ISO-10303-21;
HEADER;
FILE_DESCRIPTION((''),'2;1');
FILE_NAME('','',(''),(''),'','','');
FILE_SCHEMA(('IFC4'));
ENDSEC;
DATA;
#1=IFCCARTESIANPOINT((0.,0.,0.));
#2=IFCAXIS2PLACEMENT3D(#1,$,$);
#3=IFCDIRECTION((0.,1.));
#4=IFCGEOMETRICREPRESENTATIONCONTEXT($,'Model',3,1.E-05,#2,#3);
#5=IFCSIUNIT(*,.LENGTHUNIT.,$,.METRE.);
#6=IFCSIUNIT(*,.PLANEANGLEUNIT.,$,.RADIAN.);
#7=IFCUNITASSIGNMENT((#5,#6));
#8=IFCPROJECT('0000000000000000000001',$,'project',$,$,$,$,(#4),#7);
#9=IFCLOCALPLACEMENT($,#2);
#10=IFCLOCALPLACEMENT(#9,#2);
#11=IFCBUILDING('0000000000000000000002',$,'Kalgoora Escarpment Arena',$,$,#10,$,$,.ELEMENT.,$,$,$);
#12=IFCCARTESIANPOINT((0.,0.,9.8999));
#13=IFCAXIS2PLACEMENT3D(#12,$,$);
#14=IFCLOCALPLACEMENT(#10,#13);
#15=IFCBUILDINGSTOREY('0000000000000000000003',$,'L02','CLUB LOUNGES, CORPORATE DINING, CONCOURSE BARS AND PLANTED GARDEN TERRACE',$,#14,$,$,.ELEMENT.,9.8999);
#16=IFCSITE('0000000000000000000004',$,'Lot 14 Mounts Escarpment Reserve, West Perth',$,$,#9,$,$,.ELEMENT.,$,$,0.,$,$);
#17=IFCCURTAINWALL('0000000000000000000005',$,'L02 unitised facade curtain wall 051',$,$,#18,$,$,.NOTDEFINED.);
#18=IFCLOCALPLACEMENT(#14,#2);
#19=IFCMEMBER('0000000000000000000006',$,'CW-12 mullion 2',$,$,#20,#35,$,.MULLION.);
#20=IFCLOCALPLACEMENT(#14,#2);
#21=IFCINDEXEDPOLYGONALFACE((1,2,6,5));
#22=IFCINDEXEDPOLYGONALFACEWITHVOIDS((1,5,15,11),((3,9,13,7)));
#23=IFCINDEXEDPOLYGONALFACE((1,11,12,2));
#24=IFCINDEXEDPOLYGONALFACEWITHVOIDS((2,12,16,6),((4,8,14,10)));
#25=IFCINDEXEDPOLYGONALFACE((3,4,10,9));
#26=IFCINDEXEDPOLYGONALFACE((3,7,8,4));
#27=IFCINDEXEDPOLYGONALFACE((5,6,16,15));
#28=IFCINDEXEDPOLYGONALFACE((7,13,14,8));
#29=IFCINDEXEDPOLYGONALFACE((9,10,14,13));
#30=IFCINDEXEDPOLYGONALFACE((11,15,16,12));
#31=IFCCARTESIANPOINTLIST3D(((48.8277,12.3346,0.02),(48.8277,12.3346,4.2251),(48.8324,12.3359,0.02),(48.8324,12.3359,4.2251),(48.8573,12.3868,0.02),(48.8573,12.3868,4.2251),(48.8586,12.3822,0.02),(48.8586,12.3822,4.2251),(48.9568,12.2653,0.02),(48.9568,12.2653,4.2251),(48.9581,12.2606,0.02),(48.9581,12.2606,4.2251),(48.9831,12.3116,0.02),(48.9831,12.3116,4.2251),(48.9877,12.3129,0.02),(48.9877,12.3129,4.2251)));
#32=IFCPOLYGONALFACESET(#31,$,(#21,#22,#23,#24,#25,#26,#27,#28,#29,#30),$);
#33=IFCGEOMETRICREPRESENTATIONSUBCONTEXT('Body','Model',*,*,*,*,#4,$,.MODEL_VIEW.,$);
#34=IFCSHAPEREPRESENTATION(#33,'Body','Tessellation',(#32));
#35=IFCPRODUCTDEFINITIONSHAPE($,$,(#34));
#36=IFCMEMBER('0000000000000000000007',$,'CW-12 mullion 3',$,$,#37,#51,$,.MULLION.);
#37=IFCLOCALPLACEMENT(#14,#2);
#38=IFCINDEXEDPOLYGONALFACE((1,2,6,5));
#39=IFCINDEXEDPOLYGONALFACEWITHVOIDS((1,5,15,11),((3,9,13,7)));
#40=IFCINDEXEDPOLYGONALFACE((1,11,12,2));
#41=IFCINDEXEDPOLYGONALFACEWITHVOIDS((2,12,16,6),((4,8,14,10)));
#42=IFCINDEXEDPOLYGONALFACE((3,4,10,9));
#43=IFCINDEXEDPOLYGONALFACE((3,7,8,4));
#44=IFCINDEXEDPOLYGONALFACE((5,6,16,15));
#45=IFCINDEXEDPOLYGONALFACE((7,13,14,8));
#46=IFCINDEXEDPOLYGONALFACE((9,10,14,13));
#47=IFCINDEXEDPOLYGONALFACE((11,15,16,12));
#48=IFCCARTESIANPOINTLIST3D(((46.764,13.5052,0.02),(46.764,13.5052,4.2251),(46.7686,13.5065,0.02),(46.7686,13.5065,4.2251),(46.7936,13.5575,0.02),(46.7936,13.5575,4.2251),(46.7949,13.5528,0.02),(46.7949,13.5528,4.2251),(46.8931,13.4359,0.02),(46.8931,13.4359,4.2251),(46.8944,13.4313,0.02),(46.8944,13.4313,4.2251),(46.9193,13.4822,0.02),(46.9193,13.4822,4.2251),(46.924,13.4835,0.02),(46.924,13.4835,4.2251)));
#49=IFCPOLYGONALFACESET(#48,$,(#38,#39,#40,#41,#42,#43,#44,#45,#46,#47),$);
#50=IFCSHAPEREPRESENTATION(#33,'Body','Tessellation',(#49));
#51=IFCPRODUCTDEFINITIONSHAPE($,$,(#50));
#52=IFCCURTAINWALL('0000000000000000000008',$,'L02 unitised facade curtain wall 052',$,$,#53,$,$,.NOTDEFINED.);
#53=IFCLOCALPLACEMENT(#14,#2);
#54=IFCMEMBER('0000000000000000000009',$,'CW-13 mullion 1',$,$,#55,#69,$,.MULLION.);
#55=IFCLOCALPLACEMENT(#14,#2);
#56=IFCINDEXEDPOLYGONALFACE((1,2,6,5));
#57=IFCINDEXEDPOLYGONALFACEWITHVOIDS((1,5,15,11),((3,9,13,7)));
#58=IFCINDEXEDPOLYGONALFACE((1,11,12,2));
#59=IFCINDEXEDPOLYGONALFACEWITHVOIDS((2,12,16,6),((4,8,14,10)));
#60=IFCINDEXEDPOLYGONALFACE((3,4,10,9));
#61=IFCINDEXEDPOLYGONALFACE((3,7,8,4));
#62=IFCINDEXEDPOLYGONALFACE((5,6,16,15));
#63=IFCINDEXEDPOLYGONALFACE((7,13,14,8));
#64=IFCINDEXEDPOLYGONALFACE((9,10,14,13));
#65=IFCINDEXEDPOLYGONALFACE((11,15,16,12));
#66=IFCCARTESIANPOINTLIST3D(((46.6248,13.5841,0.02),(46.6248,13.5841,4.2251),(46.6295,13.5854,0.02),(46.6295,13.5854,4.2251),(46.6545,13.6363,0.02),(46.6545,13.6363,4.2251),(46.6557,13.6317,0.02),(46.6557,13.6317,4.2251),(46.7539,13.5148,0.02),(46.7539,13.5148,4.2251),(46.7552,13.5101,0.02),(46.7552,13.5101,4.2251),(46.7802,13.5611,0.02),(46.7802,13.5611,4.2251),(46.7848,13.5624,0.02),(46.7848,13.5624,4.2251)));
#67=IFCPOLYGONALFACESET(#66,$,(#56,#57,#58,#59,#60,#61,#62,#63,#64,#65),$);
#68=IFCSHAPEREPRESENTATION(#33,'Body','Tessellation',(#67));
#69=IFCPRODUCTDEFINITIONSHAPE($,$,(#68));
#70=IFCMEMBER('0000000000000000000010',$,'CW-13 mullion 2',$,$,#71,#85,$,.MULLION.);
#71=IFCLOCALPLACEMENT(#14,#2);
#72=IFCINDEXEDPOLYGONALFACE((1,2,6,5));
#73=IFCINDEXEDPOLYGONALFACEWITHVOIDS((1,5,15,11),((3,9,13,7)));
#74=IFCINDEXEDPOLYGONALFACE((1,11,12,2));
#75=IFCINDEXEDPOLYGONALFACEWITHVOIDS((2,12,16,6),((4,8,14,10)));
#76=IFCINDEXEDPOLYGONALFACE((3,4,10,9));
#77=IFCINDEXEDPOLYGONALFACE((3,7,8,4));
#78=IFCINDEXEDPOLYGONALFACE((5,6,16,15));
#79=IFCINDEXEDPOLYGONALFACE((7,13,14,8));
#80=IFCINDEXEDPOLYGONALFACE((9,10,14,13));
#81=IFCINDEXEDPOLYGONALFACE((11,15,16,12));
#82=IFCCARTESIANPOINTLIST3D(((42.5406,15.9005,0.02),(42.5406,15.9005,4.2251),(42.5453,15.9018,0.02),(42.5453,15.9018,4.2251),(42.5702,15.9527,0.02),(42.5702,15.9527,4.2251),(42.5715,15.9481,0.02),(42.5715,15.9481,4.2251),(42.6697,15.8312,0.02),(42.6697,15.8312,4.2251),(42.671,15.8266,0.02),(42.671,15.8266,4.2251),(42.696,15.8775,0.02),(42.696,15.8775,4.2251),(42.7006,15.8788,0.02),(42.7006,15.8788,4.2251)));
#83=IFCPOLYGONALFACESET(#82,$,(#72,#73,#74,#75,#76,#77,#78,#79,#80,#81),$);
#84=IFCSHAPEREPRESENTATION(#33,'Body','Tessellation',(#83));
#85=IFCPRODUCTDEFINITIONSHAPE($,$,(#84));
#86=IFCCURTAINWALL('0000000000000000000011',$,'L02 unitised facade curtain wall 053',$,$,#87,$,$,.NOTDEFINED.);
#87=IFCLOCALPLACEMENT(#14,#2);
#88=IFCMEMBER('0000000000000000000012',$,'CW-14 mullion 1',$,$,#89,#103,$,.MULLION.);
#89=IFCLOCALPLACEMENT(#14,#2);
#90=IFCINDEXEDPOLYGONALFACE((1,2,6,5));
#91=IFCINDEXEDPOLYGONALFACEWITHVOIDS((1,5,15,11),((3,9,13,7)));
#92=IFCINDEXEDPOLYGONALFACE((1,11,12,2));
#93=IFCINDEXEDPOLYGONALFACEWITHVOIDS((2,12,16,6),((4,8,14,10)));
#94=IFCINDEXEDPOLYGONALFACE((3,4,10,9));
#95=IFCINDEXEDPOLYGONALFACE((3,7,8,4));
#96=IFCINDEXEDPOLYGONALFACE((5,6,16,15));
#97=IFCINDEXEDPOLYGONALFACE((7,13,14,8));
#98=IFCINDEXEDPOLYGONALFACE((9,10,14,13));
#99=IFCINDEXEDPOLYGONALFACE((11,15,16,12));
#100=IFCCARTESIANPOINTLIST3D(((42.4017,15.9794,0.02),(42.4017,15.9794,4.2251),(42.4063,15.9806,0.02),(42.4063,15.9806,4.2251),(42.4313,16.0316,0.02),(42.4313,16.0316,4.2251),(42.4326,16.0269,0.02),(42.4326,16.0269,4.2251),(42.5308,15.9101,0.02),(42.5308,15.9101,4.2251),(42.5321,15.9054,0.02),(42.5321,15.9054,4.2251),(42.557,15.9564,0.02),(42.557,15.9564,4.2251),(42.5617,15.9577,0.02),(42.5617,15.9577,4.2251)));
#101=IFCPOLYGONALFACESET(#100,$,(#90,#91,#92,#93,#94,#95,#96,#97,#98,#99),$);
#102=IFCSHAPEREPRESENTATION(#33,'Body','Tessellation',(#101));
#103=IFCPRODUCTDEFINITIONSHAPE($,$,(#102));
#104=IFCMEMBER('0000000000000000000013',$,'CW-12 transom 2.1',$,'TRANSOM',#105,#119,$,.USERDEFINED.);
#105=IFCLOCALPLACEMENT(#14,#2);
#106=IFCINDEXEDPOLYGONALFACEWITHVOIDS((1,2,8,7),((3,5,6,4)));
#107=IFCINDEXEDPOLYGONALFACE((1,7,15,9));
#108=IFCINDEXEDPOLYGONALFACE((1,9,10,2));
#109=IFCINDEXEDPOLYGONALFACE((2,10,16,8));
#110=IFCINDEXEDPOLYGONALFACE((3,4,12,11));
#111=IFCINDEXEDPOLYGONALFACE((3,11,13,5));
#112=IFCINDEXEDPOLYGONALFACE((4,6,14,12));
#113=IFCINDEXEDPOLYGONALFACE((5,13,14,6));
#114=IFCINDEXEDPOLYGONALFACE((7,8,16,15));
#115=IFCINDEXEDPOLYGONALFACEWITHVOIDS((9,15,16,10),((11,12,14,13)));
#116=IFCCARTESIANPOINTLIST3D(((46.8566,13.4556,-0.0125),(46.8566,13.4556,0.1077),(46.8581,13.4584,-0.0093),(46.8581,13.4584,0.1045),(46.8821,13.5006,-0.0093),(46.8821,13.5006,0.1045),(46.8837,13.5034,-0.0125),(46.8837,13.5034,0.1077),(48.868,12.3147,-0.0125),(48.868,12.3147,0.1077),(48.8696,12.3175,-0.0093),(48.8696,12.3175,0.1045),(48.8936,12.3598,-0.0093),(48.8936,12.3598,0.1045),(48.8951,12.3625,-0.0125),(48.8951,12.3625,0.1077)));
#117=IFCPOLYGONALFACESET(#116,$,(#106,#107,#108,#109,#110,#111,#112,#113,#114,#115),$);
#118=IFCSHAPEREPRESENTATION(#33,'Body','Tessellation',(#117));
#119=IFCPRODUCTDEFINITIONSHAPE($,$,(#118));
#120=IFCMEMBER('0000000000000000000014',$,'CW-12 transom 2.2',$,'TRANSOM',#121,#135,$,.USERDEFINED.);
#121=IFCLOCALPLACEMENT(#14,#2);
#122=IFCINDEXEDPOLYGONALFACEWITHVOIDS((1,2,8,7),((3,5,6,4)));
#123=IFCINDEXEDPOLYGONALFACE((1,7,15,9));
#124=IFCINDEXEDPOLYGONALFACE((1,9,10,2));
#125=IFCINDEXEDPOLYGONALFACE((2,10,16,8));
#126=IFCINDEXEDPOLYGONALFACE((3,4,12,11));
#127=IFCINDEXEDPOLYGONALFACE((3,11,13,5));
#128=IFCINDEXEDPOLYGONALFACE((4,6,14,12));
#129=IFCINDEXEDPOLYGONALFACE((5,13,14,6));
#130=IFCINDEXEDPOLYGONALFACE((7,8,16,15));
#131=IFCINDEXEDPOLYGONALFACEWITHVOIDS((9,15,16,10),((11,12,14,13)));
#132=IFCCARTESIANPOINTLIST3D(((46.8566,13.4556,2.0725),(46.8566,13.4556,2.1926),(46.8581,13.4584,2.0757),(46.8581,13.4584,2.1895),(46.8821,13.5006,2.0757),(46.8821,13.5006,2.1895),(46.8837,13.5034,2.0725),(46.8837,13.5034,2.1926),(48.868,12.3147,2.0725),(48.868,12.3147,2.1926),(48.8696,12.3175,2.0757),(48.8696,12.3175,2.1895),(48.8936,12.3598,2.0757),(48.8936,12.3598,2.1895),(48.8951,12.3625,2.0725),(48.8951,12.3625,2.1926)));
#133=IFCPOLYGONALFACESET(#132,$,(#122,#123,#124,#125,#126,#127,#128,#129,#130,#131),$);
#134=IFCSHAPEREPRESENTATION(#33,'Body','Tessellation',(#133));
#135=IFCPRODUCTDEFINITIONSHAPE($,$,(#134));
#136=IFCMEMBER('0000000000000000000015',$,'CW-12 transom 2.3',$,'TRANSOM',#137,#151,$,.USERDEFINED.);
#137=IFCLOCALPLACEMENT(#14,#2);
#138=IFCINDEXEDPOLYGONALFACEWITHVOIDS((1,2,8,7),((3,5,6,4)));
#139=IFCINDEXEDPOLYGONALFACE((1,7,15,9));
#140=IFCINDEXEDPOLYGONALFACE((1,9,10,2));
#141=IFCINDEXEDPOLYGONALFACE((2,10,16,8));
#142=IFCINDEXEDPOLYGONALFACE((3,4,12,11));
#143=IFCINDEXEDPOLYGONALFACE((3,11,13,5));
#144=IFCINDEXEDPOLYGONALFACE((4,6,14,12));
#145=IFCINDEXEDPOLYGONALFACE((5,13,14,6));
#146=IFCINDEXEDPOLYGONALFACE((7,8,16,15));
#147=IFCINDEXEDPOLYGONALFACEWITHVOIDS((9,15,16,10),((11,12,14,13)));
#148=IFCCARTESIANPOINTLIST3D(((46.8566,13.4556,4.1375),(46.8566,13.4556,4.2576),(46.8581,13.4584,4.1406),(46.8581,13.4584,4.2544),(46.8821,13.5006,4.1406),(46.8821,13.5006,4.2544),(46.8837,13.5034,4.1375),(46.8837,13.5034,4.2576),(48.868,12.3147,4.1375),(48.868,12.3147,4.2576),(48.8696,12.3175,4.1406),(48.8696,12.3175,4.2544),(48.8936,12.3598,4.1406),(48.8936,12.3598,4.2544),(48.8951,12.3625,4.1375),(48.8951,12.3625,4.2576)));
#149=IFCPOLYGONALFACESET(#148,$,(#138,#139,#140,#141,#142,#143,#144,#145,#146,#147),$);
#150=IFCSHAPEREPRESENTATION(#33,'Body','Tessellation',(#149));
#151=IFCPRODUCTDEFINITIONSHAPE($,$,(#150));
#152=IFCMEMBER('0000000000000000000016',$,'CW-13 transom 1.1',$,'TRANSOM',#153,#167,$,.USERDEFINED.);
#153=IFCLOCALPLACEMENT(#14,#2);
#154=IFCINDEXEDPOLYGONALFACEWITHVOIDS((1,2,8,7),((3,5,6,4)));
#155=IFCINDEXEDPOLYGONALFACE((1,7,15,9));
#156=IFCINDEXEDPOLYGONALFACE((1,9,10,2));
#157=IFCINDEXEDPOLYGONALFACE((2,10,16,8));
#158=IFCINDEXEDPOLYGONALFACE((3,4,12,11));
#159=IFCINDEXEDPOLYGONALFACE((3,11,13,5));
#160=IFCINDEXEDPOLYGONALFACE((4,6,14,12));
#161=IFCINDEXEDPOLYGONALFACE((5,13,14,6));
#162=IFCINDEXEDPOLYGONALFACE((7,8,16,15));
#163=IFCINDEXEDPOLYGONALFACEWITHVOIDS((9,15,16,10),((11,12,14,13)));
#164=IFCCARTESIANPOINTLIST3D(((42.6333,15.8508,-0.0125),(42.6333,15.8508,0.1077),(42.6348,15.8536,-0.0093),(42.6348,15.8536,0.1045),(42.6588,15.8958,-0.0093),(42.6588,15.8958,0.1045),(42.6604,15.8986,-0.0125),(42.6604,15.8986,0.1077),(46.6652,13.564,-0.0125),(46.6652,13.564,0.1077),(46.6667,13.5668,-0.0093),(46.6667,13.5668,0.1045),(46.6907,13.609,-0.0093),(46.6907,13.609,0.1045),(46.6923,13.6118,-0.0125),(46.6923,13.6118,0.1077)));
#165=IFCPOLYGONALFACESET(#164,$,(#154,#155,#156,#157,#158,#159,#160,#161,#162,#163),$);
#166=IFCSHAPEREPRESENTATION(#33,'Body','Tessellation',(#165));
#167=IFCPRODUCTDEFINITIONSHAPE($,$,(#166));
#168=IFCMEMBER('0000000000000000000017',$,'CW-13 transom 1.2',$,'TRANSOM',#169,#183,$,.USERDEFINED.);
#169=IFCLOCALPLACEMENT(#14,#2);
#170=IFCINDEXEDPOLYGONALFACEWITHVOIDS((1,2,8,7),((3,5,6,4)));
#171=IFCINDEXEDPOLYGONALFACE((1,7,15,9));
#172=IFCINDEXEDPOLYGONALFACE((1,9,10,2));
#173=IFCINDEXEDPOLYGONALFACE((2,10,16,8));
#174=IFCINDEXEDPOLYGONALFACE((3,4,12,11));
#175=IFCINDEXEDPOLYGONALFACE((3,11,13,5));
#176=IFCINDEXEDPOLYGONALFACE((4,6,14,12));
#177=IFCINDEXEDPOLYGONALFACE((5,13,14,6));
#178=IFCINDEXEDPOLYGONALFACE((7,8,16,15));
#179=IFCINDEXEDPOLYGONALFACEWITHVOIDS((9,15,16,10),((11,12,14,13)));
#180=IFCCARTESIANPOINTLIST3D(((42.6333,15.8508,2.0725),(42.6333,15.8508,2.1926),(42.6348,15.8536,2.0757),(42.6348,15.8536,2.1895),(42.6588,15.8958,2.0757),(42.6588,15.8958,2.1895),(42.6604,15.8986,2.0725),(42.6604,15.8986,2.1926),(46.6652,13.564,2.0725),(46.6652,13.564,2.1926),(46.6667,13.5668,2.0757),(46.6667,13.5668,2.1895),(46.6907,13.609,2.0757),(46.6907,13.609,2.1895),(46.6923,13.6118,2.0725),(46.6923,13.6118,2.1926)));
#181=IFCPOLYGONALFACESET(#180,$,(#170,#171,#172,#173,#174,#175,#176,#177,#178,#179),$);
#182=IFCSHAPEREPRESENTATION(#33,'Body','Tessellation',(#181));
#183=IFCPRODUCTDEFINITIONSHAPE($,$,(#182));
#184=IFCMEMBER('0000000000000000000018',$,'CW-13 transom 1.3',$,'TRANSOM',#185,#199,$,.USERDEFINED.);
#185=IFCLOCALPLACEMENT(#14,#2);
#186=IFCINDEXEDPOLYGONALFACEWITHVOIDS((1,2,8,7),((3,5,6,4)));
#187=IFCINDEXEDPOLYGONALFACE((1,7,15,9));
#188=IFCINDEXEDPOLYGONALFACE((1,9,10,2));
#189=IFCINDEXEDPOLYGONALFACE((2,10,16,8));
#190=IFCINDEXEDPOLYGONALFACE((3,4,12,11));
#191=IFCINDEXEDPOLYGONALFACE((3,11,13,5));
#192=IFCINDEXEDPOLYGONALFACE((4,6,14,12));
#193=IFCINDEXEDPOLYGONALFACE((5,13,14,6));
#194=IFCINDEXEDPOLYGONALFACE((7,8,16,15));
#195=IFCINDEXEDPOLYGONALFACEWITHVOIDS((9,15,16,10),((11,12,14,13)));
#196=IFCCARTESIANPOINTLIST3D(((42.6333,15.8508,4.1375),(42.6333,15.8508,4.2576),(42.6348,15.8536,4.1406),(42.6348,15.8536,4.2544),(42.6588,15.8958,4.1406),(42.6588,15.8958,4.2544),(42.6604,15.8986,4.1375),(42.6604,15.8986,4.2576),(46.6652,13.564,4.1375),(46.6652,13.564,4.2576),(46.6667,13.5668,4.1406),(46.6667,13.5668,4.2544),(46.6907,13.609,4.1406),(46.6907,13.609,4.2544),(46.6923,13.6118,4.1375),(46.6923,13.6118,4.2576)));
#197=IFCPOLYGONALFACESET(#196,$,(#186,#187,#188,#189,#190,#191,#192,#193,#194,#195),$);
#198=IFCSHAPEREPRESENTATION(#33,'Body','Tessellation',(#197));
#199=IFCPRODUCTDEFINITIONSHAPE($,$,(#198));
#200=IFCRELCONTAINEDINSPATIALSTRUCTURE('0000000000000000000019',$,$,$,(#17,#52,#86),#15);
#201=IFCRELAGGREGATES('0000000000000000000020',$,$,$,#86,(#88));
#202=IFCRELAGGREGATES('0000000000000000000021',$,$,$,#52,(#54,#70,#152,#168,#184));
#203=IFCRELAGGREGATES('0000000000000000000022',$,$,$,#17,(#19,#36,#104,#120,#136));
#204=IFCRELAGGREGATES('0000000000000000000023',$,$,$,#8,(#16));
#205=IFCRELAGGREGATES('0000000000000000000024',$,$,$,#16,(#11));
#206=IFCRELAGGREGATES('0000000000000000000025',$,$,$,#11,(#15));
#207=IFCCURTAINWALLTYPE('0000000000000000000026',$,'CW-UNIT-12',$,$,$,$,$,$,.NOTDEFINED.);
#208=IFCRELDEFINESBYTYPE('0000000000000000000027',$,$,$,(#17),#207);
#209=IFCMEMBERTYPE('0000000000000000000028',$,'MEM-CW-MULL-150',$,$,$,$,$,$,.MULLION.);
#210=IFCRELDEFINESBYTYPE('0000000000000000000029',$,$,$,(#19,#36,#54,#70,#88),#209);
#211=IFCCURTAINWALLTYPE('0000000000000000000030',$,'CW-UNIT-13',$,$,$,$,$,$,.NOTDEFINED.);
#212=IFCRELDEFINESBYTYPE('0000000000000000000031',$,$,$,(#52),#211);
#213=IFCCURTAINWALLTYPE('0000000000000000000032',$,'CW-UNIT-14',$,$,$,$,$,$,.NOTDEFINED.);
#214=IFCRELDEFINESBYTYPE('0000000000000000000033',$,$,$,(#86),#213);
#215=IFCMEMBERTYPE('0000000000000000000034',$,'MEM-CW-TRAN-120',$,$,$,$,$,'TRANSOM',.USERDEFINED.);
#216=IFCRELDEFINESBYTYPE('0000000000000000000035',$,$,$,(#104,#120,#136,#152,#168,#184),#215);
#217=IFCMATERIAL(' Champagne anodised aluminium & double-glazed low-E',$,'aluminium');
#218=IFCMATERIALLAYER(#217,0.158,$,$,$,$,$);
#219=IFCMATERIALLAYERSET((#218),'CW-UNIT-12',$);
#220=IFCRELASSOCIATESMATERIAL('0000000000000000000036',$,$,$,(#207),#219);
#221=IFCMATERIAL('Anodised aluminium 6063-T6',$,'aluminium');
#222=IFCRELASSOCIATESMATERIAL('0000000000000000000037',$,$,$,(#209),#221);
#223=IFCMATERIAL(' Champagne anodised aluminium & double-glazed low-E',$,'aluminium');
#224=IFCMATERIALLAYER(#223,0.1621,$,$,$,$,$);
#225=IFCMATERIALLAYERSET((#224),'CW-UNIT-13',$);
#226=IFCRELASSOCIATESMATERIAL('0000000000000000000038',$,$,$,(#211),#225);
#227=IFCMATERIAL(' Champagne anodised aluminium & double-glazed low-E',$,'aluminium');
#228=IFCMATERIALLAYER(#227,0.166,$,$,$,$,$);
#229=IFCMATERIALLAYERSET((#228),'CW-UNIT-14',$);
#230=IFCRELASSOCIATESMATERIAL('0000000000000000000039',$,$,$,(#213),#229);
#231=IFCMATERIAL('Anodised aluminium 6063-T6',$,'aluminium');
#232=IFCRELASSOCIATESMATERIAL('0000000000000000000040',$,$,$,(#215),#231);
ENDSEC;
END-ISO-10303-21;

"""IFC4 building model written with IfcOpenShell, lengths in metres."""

from ifc_helpers import new_model, si_unit, direction, frame, origin, origin_2d, place, context, subcontext, project, spatial, hollow_rectangle, extrude, material, layer, layer_set, material_profile, profile_set, type_object, element, aggregate, save


model = new_model("IFC4")

# Units and contexts
model_context = context("Model", 3, precision=1e-05, world=origin(), true_north=direction((0.0, 1.0)))
body_context = subcontext(model_context, "Body", "Model", "MODEL_VIEW")
ifc_project = project(units=[si_unit("LENGTHUNIT", "METRE"), si_unit("PLANEANGLEUNIT", "RADIAN")], contexts=[model_context])

# Site, building, storey
site_placement = place(None, origin())
site = spatial("IfcSite", under=ifc_project, at=site_placement, Name="Lot 14 Mounts Escarpment Reserve, West Perth", CompositionType="ELEMENT", RefElevation=0.0)
building_placement = place(site_placement, origin())
building = spatial("IfcBuilding", under=site, at=building_placement, Name="Kalgoora Escarpment Arena", CompositionType="ELEMENT")
storey_placement = place(building_placement, frame((0.0, 0.0, 9.8999)))
storey = spatial("IfcBuildingStorey", under=building, at=storey_placement, Name="L02", Description="CLUB LOUNGES, CORPORATE DINING, CONCOURSE BARS AND PLANTED GARDEN TERRACE", CompositionType="ELEMENT", Elevation=9.8999)

# Curtain walls, members
ifc_material_1 = material(Name=" Champagne anodised aluminium & double-glazed low-E", Category="aluminium")
ifc_layer_1 = layer(ifc_material_1, 0.158)
ifc_layer_set_1 = layer_set([ifc_layer_1], Name="CW-UNIT-12")
curtain_wall_type_1 = type_object("IfcCurtainWallType", Name="CW-UNIT-12", PredefinedType="NOTDEFINED", material=ifc_layer_set_1)
curtain_wall_1_placement = place(storey_placement, origin())
curtain_wall_1 = element("IfcCurtainWall", 1, at=curtain_wall_1_placement, inside=storey, type_object=curtain_wall_type_1, Name="L02 unitised facade curtain wall 051", PredefinedType="NOTDEFINED")
ifc_material_2 = material(Name="Anodised aluminium 6063-T6", Category="aluminium")
ifc_material_profile_1 = material_profile(ifc_material_2, hollow_rectangle(XDim=0.0601, YDim=0.1499, WallThickness=0.0034, at=origin_2d()))
ifc_profile_set_1 = profile_set([ifc_material_profile_1], Name="Anodised aluminium 6063-T6")
member_type_1 = type_object("IfcMemberType", Name="MEM-CW-MULL-150", PredefinedType="MULLION", material=ifc_profile_set_1)
member_1_placement = place(storey_placement, frame((48.9077, 12.3237, 0.02), z_axis=(0.0, 0.0, 1.0), x_axis=(-0.493344, -0.869834, 0.0)))
member_1 = element("IfcMember", 2, at=member_1_placement, type_object=member_type_1, Name="CW-12 mullion 2", PredefinedType="MULLION", context=body_context, shape_type="SweptSolid", body=[
    extrude(hollow_rectangle(XDim=0.0601, YDim=0.1499, WallThickness=0.0034, at=origin_2d()), origin(), (0.0, 0.0, 1.0), 4.2051),
])
member_2_placement = place(storey_placement, frame((46.844, 13.4944, 0.02), z_axis=(0.0, 0.0, 1.0), x_axis=(-0.493344, -0.869834, 0.0)))
member_2 = element("IfcMember", 3, at=member_2_placement, type_object=member_type_1, Name="CW-12 mullion 3", PredefinedType="MULLION", context=body_context, shape_type="SweptSolid", body=[
    extrude(hollow_rectangle(XDim=0.0601, YDim=0.1499, WallThickness=0.0034, at=origin_2d()), origin(), (0.0, 0.0, 1.0), 4.2051),
])
ifc_material_3 = material(Name=" Champagne anodised aluminium & double-glazed low-E", Category="aluminium")
ifc_layer_2 = layer(ifc_material_3, 0.1621)
ifc_layer_set_2 = layer_set([ifc_layer_2], Name="CW-UNIT-13")
curtain_wall_type_2 = type_object("IfcCurtainWallType", Name="CW-UNIT-13", PredefinedType="NOTDEFINED", material=ifc_layer_set_2)
curtain_wall_2_placement = place(storey_placement, origin())
curtain_wall_2 = element("IfcCurtainWall", 4, at=curtain_wall_2_placement, inside=storey, type_object=curtain_wall_type_2, Name="L02 unitised facade curtain wall 052", PredefinedType="NOTDEFINED")
member_3_placement = place(storey_placement, frame((46.7048, 13.5732, 0.02), z_axis=(0.0, 0.0, 1.0), x_axis=(-0.493346, -0.869833, 0.0)))
member_3 = element("IfcMember", 5, at=member_3_placement, type_object=member_type_1, Name="CW-13 mullion 1", PredefinedType="MULLION", context=body_context, shape_type="SweptSolid", body=[
    extrude(hollow_rectangle(XDim=0.0601, YDim=0.1499, WallThickness=0.0034, at=origin_2d()), origin(), (0.0, 0.0, 1.0), 4.2051),
])
member_4_placement = place(storey_placement, frame((42.6206, 15.8896, 0.02), z_axis=(0.0, 0.0, 1.0), x_axis=(-0.493346, -0.869833, 0.0)))
member_4 = element("IfcMember", 6, at=member_4_placement, type_object=member_type_1, Name="CW-13 mullion 2", PredefinedType="MULLION", context=body_context, shape_type="SweptSolid", body=[
    extrude(hollow_rectangle(XDim=0.0601, YDim=0.1499, WallThickness=0.0034, at=origin_2d()), origin(), (0.0, 0.0, 1.0), 4.2051),
])

# Curtain wall, member
ifc_material_4 = material(Name=" Champagne anodised aluminium & double-glazed low-E", Category="aluminium")
ifc_layer_3 = layer(ifc_material_4, 0.166)
ifc_layer_set_3 = layer_set([ifc_layer_3], Name="CW-UNIT-14")
curtain_wall_type_3 = type_object("IfcCurtainWallType", Name="CW-UNIT-14", PredefinedType="NOTDEFINED", material=ifc_layer_set_3)
curtain_wall_3_placement = place(storey_placement, origin())
curtain_wall_3 = element("IfcCurtainWall", 7, at=curtain_wall_3_placement, inside=storey, type_object=curtain_wall_type_3, Name="L02 unitised facade curtain wall 053", PredefinedType="NOTDEFINED")
member_5_placement = place(storey_placement, frame((42.4817, 15.9685, 0.02), z_axis=(0.0, 0.0, 1.0), x_axis=(-0.49333, -0.869842, 0.0)))
member_5 = element("IfcMember", 8, at=member_5_placement, type_object=member_type_1, Name="CW-14 mullion 1", PredefinedType="MULLION", context=body_context, shape_type="SweptSolid", body=[
    extrude(hollow_rectangle(XDim=0.0601, YDim=0.1499, WallThickness=0.0034, at=origin_2d()), origin(), (0.0, 0.0, 1.0), 4.2051),
])

# Members
ifc_material_5 = material(Name="Anodised aluminium 6063-T6", Category="aluminium")
ifc_material_profile_2 = material_profile(ifc_material_5, hollow_rectangle(XDim=0.0549, YDim=0.1201, WallThickness=0.0032, at=origin_2d()))
ifc_profile_set_2 = profile_set([ifc_material_profile_2], Name="Anodised aluminium 6063-T6")
member_type_2 = type_object("IfcMemberType", Name="MEM-CW-TRAN-120", ElementType="TRANSOM", PredefinedType="USERDEFINED", material=ifc_profile_set_2)
member_6_placement = place(storey_placement, frame((48.8816, 12.3386, 0.0476), z_axis=(-0.86983, 0.493351, 0.0), x_axis=(-0.493351, -0.86983, 0.0)))
member_6 = element("IfcMember", 9, at=member_6_placement, type_object=member_type_2, Name="CW-12 transom 2.1", ObjectType="TRANSOM", PredefinedType="USERDEFINED", context=body_context, shape_type="SweptSolid", body=[
    extrude(hollow_rectangle(XDim=0.0549, YDim=0.1201, WallThickness=0.0032, at=origin_2d()), origin(), (0.0, 0.0, 1.0), 2.3125),
])
member_7_placement = place(storey_placement, frame((48.8816, 12.3386, 2.1326), z_axis=(-0.86983, 0.493351, 0.0), x_axis=(-0.493351, -0.86983, 0.0)))
member_7 = element("IfcMember", 10, at=member_7_placement, type_object=member_type_2, Name="CW-12 transom 2.2", ObjectType="TRANSOM", PredefinedType="USERDEFINED", context=body_context, shape_type="SweptSolid", body=[
    extrude(hollow_rectangle(XDim=0.0549, YDim=0.1201, WallThickness=0.0032, at=origin_2d()), origin(), (0.0, 0.0, 1.0), 2.3125),
])
member_8_placement = place(storey_placement, frame((48.8816, 12.3386, 4.1975), z_axis=(-0.86983, 0.493351, 0.0), x_axis=(-0.493351, -0.86983, 0.0)))
member_8 = element("IfcMember", 11, at=member_8_placement, type_object=member_type_2, Name="CW-12 transom 2.3", ObjectType="TRANSOM", PredefinedType="USERDEFINED", context=body_context, shape_type="SweptSolid", body=[
    extrude(hollow_rectangle(XDim=0.0549, YDim=0.1201, WallThickness=0.0032, at=origin_2d()), origin(), (0.0, 0.0, 1.0), 2.3125),
])
member_9_placement = place(storey_placement, frame((46.6787, 13.5879, 0.0476), z_axis=(-0.86983, 0.493351, 0.0), x_axis=(-0.493351, -0.86983, 0.0)))
member_9 = element("IfcMember", 12, at=member_9_placement, type_object=member_type_2, Name="CW-13 transom 1.1", ObjectType="TRANSOM", PredefinedType="USERDEFINED", context=body_context, shape_type="SweptSolid", body=[
    extrude(hollow_rectangle(XDim=0.0549, YDim=0.1201, WallThickness=0.0032, at=origin_2d()), origin(), (0.0, 0.0, 1.0), 4.6353),
])
member_10_placement = place(storey_placement, frame((46.6787, 13.5879, 2.1326), z_axis=(-0.86983, 0.493351, 0.0), x_axis=(-0.493351, -0.86983, 0.0)))
member_10 = element("IfcMember", 13, at=member_10_placement, type_object=member_type_2, Name="CW-13 transom 1.2", ObjectType="TRANSOM", PredefinedType="USERDEFINED", context=body_context, shape_type="SweptSolid", body=[
    extrude(hollow_rectangle(XDim=0.0549, YDim=0.1201, WallThickness=0.0032, at=origin_2d()), origin(), (0.0, 0.0, 1.0), 4.6353),
])
member_11_placement = place(storey_placement, frame((46.6787, 13.5879, 4.1975), z_axis=(-0.86983, 0.493351, 0.0), x_axis=(-0.493351, -0.86983, 0.0)))
member_11 = element("IfcMember", 14, at=member_11_placement, type_object=member_type_2, Name="CW-13 transom 1.3", ObjectType="TRANSOM", PredefinedType="USERDEFINED", context=body_context, shape_type="SweptSolid", body=[
    extrude(hollow_rectangle(XDim=0.0549, YDim=0.1201, WallThickness=0.0032, at=origin_2d()), origin(), (0.0, 0.0, 1.0), 4.6353),
])
aggregate(curtain_wall_3, [member_5])

aggregate(curtain_wall_2, [member_3, member_4, member_9, member_10, member_11])
aggregate(curtain_wall_1, [member_1, member_2, member_6, member_7, member_8])

save(model, "model.ifc")
